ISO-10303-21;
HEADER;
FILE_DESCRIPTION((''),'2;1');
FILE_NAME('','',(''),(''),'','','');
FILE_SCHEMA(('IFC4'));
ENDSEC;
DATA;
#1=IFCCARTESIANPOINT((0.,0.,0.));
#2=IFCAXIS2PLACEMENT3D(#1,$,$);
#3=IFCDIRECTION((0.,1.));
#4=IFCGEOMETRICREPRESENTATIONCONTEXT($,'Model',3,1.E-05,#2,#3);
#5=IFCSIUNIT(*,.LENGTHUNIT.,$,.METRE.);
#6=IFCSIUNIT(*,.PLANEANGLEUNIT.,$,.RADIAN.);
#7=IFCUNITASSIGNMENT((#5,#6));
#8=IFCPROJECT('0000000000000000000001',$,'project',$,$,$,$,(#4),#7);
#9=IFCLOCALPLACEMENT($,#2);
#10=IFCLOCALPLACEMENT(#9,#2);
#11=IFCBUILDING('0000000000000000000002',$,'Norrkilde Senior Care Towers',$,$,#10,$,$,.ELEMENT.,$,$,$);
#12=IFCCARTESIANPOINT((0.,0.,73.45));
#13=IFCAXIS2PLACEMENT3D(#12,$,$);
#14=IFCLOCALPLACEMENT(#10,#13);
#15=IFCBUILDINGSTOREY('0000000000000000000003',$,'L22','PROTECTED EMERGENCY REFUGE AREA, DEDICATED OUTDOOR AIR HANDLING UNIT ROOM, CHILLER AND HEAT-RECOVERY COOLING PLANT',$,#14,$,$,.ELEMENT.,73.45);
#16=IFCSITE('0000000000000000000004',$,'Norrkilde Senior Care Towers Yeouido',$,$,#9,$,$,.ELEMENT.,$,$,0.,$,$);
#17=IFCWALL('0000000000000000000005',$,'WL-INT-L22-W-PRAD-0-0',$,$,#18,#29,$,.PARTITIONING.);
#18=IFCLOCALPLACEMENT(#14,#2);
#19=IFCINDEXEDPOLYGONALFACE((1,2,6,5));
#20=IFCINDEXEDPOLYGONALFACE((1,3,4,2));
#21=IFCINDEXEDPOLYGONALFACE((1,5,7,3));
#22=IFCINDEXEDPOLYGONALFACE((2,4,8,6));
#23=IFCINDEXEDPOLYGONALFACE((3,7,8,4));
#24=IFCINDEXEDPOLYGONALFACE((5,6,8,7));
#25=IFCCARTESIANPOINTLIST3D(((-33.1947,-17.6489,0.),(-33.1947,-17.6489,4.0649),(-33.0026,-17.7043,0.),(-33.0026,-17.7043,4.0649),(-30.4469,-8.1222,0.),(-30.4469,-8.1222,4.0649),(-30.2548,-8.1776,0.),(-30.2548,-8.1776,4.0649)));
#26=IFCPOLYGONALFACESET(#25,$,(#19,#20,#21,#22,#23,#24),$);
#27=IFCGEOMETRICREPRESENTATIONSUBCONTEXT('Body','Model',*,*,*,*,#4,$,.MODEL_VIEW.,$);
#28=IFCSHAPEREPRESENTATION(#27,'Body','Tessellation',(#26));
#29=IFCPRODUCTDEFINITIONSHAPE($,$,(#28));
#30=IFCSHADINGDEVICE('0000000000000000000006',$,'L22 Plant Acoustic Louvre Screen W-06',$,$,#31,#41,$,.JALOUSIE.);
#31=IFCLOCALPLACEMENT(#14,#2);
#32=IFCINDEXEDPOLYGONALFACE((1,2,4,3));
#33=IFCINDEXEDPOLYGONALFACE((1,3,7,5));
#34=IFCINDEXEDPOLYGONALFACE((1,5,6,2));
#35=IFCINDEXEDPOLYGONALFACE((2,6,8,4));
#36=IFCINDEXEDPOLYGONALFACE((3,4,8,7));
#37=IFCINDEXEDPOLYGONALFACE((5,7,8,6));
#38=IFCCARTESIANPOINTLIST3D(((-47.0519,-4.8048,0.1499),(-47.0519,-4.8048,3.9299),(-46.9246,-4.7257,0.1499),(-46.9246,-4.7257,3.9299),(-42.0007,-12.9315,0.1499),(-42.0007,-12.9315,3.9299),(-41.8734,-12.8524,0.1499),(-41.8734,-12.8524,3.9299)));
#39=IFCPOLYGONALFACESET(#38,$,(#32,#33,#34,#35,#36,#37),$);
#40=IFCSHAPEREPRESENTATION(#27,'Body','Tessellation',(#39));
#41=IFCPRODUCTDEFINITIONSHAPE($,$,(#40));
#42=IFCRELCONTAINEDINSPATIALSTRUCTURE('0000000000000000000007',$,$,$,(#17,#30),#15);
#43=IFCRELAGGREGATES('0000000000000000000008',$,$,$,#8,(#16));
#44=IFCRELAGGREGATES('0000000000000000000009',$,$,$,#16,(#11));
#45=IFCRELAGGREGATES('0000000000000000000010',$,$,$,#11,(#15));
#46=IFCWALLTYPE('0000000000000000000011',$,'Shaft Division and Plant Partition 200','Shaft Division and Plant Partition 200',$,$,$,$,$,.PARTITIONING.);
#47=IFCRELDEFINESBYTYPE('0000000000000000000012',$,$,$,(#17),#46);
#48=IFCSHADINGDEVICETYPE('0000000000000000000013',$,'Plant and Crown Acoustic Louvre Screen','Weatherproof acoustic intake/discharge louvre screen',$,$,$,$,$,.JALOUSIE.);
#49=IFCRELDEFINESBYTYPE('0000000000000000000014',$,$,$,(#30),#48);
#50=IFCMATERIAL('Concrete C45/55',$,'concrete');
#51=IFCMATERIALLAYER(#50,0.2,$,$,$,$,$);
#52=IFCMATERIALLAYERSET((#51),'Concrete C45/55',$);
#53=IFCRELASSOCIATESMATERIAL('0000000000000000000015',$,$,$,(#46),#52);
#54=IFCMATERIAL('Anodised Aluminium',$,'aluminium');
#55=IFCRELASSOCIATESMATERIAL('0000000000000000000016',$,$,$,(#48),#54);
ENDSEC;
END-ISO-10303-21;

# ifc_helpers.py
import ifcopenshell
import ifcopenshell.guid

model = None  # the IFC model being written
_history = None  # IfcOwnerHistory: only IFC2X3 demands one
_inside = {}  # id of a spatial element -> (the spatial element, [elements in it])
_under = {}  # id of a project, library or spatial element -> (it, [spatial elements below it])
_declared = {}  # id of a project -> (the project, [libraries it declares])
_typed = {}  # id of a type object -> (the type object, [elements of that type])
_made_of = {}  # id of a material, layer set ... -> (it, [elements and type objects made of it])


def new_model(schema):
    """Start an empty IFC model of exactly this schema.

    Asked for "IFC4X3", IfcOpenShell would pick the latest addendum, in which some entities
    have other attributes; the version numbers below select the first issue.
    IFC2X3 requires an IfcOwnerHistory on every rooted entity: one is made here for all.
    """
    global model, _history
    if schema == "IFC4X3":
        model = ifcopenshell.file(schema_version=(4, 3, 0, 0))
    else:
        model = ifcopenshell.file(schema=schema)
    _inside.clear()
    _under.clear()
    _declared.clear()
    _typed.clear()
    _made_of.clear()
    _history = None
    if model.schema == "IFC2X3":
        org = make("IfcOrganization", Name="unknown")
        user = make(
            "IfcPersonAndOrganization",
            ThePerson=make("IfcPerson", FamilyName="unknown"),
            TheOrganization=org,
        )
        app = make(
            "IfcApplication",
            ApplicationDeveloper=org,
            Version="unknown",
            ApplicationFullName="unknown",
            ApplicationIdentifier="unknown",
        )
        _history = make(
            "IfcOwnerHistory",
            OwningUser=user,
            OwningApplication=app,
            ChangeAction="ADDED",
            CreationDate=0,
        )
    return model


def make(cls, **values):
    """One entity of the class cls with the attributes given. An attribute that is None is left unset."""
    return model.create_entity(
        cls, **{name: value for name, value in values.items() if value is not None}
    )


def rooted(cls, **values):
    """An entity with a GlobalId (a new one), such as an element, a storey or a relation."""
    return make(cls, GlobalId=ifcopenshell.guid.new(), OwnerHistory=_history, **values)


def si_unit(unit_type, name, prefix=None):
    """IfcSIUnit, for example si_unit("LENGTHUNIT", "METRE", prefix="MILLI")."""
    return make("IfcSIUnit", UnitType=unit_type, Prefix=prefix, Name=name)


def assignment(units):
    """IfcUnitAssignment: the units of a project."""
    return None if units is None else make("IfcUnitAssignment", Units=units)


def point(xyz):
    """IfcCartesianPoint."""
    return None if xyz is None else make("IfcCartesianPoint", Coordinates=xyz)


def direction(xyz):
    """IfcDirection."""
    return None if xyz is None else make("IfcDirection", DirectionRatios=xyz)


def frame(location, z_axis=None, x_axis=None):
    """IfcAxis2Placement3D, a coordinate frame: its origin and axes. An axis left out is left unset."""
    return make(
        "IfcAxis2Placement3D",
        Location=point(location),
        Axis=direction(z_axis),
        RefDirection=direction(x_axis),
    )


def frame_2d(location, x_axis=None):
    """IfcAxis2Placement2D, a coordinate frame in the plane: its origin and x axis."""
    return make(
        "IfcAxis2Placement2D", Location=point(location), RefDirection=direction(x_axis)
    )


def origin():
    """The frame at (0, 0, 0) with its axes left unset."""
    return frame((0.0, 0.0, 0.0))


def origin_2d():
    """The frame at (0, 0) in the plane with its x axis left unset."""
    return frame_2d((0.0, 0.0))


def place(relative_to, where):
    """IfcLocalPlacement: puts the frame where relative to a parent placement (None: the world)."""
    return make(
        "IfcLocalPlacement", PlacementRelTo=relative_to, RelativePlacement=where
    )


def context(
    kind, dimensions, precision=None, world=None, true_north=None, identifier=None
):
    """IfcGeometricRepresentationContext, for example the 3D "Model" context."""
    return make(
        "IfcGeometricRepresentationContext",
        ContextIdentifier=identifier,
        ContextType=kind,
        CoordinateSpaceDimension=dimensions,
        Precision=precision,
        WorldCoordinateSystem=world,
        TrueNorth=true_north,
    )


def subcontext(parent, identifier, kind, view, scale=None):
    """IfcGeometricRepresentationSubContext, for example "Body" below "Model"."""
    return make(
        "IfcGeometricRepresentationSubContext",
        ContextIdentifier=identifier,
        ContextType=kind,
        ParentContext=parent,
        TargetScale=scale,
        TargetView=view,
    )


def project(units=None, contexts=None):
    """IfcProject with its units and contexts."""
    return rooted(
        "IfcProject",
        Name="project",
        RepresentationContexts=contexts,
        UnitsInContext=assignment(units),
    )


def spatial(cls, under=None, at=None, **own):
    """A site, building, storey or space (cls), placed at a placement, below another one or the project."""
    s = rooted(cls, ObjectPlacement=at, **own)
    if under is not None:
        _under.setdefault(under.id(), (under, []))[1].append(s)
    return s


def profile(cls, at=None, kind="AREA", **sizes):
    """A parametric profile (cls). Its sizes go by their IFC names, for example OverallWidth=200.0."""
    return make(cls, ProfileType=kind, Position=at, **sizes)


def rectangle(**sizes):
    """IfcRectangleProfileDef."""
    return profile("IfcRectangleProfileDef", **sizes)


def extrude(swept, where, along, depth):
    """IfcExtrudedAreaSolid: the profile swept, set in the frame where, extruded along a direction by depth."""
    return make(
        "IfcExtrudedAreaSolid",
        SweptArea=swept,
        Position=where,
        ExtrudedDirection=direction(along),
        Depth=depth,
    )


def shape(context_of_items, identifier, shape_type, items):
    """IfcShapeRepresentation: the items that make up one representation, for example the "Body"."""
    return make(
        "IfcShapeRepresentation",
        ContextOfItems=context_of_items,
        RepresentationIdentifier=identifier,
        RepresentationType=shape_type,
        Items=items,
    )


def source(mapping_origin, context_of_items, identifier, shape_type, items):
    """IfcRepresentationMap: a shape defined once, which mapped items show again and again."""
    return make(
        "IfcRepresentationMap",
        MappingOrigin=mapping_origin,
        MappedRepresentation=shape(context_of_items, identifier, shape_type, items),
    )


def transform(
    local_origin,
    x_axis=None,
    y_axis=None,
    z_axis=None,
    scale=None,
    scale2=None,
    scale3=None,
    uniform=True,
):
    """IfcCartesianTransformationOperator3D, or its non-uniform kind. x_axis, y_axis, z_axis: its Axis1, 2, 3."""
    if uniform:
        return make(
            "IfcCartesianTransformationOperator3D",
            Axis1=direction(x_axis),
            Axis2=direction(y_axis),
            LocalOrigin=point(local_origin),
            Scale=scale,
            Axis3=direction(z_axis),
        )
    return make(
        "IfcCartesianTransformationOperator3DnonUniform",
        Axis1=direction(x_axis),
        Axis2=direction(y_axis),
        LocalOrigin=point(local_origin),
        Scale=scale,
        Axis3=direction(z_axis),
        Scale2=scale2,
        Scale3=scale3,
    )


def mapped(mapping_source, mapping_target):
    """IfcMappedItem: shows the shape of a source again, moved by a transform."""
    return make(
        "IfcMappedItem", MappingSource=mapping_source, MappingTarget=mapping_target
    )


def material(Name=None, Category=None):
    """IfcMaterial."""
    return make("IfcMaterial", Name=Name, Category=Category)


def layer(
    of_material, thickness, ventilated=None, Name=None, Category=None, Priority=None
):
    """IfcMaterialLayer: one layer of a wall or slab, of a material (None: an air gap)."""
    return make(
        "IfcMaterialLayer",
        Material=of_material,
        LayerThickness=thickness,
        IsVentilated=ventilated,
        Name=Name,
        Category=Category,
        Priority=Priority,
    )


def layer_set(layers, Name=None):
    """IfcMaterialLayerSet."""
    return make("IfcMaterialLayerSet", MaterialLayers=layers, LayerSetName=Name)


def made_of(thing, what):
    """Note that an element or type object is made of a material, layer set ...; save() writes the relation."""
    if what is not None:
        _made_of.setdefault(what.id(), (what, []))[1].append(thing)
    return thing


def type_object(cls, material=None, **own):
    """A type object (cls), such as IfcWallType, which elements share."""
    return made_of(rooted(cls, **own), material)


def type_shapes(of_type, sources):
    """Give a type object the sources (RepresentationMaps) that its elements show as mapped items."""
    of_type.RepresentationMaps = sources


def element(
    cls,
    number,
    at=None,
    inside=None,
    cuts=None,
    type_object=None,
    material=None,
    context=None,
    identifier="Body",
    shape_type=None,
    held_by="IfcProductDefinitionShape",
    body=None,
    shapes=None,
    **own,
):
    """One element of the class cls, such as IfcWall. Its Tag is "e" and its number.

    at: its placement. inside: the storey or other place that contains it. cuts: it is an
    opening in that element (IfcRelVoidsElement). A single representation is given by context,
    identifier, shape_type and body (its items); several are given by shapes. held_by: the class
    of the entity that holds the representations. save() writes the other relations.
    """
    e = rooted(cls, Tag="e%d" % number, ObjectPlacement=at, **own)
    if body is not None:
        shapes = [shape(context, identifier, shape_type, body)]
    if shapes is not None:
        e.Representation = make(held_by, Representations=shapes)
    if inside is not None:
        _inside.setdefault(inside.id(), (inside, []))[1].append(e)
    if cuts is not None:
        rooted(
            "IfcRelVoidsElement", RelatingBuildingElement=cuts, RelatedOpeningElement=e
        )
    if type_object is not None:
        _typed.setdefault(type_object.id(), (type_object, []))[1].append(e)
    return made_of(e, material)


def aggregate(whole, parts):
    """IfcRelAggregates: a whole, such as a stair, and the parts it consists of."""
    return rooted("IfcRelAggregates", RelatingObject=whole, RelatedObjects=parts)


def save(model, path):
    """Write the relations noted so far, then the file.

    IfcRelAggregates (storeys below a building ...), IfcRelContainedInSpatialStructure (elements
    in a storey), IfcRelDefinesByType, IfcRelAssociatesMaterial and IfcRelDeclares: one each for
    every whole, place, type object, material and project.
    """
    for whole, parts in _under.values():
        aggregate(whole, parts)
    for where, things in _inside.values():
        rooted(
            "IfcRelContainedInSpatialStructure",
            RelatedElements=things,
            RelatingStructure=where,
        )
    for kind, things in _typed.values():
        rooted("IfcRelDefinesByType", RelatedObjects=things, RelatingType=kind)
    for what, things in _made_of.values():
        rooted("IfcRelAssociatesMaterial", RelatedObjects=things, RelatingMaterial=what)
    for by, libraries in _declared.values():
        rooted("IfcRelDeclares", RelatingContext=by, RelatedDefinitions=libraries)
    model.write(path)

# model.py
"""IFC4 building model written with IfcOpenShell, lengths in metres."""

from ifc_helpers import new_model, si_unit, direction, frame, frame_2d, origin, origin_2d, place, context, subcontext, project, spatial, rectangle, extrude, source, transform, mapped, material, layer, layer_set, type_object, type_shapes, element, save


model = new_model("IFC4")

# Units and contexts
model_context = context("Model", 3, precision=1e-05, world=origin(), true_north=direction((0.0, 1.0)))
body_context = subcontext(model_context, "Body", "Model", "MODEL_VIEW")
ifc_project = project(units=[si_unit("LENGTHUNIT", "METRE"), si_unit("PLANEANGLEUNIT", "RADIAN")], contexts=[model_context])

# Site, building, storey
site_placement = place(None, origin())
site = spatial("IfcSite", under=ifc_project, at=site_placement, Name="Norrkilde Senior Care Towers Yeouido", CompositionType="ELEMENT", RefElevation=0.0)
building_placement = place(site_placement, origin())
building = spatial("IfcBuilding", under=site, at=building_placement, Name="Norrkilde Senior Care Towers", CompositionType="ELEMENT")
storey_placement = place(building_placement, frame((0.0, 0.0, 73.45)))
storey = spatial("IfcBuildingStorey", under=building, at=storey_placement, Name="L22", Description="PROTECTED EMERGENCY REFUGE AREA, DEDICATED OUTDOOR AIR HANDLING UNIT ROOM, CHILLER AND HEAT-RECOVERY COOLING PLANT", CompositionType="ELEMENT", Elevation=73.45)

# Shared definitions
ifc_material_1 = material(Name="Anodised Aluminium", Category="aluminium")

# Shared definitions
ifc_material_2 = material(Name="Concrete C45/55", Category="concrete")
ifc_layer_1 = layer(ifc_material_2, 0.2)
ifc_layer_set_1 = layer_set([ifc_layer_1], Name="Concrete C45/55")
wall_type = type_object("IfcWallType", Name="Shaft Division and Plant Partition 200", Description="Shaft Division and Plant Partition 200", PredefinedType="PARTITIONING", material=ifc_layer_set_1)

# Wall
shared_shape_1 = source(origin(), body_context, "Body", "SweptSolid", [
    extrude(rectangle(XDim=9.915, YDim=0.2, at=frame_2d((4.9575, 0.0))), origin(), (0.0, 0.0, 1.0), 4.0649),
])
wall_1_placement = place(storey_placement, frame((-30.3508, -8.1499, 0.0), z_axis=(0.0, 0.0, 1.0), x_axis=(-0.277137, -0.960831, 0.0)))
element("IfcWall", 1, at=wall_1_placement, inside=storey, type_object=wall_type, Name="WL-INT-L22-W-PRAD-0-0", PredefinedType="PARTITIONING", context=body_context, shape_type="MappedRepresentation", body=[
    mapped(shared_shape_1, transform((0.0, 0.0, 0.0), x_axis=(1.0, 0.0, 0.0), y_axis=(0.0, 1.0, 0.0), z_axis=(0.0, 0.0, 1.0), scale=1.0)),
])

# Shading device
shading_device_type = type_object("IfcShadingDeviceType", Name="Plant and Crown Acoustic Louvre Screen", Description="Weatherproof acoustic intake/discharge louvre screen", PredefinedType="JALOUSIE", material=ifc_material_1)
shared_shape_2 = source(origin(), body_context, "Body", "SweptSolid", [
    extrude(rectangle(XDim=9.5686, YDim=0.1499, at=origin_2d()), origin(), (0.0, 0.0, 1.0), 3.78),
])
type_shapes(shading_device_type, [shared_shape_2])
shading_device_placement = place(storey_placement, frame((-44.4626, -8.8286, 0.1499), z_axis=(0.0, 0.0, 1.0), x_axis=(-0.527901, 0.849306, 0.0)))
element("IfcShadingDevice", 2, at=shading_device_placement, inside=storey, type_object=shading_device_type, Name="L22 Plant Acoustic Louvre Screen W-06", PredefinedType="JALOUSIE", context=body_context, shape_type="MappedRepresentation", body=[
    mapped(shared_shape_2, transform((0.0, 0.0, 0.0), x_axis=(1.0, 0.0, 0.0), y_axis=(0.0, 1.0, 0.0), z_axis=(0.0, 0.0, 1.0), scale=1.0)),
])

save(model, "model.ifc")
